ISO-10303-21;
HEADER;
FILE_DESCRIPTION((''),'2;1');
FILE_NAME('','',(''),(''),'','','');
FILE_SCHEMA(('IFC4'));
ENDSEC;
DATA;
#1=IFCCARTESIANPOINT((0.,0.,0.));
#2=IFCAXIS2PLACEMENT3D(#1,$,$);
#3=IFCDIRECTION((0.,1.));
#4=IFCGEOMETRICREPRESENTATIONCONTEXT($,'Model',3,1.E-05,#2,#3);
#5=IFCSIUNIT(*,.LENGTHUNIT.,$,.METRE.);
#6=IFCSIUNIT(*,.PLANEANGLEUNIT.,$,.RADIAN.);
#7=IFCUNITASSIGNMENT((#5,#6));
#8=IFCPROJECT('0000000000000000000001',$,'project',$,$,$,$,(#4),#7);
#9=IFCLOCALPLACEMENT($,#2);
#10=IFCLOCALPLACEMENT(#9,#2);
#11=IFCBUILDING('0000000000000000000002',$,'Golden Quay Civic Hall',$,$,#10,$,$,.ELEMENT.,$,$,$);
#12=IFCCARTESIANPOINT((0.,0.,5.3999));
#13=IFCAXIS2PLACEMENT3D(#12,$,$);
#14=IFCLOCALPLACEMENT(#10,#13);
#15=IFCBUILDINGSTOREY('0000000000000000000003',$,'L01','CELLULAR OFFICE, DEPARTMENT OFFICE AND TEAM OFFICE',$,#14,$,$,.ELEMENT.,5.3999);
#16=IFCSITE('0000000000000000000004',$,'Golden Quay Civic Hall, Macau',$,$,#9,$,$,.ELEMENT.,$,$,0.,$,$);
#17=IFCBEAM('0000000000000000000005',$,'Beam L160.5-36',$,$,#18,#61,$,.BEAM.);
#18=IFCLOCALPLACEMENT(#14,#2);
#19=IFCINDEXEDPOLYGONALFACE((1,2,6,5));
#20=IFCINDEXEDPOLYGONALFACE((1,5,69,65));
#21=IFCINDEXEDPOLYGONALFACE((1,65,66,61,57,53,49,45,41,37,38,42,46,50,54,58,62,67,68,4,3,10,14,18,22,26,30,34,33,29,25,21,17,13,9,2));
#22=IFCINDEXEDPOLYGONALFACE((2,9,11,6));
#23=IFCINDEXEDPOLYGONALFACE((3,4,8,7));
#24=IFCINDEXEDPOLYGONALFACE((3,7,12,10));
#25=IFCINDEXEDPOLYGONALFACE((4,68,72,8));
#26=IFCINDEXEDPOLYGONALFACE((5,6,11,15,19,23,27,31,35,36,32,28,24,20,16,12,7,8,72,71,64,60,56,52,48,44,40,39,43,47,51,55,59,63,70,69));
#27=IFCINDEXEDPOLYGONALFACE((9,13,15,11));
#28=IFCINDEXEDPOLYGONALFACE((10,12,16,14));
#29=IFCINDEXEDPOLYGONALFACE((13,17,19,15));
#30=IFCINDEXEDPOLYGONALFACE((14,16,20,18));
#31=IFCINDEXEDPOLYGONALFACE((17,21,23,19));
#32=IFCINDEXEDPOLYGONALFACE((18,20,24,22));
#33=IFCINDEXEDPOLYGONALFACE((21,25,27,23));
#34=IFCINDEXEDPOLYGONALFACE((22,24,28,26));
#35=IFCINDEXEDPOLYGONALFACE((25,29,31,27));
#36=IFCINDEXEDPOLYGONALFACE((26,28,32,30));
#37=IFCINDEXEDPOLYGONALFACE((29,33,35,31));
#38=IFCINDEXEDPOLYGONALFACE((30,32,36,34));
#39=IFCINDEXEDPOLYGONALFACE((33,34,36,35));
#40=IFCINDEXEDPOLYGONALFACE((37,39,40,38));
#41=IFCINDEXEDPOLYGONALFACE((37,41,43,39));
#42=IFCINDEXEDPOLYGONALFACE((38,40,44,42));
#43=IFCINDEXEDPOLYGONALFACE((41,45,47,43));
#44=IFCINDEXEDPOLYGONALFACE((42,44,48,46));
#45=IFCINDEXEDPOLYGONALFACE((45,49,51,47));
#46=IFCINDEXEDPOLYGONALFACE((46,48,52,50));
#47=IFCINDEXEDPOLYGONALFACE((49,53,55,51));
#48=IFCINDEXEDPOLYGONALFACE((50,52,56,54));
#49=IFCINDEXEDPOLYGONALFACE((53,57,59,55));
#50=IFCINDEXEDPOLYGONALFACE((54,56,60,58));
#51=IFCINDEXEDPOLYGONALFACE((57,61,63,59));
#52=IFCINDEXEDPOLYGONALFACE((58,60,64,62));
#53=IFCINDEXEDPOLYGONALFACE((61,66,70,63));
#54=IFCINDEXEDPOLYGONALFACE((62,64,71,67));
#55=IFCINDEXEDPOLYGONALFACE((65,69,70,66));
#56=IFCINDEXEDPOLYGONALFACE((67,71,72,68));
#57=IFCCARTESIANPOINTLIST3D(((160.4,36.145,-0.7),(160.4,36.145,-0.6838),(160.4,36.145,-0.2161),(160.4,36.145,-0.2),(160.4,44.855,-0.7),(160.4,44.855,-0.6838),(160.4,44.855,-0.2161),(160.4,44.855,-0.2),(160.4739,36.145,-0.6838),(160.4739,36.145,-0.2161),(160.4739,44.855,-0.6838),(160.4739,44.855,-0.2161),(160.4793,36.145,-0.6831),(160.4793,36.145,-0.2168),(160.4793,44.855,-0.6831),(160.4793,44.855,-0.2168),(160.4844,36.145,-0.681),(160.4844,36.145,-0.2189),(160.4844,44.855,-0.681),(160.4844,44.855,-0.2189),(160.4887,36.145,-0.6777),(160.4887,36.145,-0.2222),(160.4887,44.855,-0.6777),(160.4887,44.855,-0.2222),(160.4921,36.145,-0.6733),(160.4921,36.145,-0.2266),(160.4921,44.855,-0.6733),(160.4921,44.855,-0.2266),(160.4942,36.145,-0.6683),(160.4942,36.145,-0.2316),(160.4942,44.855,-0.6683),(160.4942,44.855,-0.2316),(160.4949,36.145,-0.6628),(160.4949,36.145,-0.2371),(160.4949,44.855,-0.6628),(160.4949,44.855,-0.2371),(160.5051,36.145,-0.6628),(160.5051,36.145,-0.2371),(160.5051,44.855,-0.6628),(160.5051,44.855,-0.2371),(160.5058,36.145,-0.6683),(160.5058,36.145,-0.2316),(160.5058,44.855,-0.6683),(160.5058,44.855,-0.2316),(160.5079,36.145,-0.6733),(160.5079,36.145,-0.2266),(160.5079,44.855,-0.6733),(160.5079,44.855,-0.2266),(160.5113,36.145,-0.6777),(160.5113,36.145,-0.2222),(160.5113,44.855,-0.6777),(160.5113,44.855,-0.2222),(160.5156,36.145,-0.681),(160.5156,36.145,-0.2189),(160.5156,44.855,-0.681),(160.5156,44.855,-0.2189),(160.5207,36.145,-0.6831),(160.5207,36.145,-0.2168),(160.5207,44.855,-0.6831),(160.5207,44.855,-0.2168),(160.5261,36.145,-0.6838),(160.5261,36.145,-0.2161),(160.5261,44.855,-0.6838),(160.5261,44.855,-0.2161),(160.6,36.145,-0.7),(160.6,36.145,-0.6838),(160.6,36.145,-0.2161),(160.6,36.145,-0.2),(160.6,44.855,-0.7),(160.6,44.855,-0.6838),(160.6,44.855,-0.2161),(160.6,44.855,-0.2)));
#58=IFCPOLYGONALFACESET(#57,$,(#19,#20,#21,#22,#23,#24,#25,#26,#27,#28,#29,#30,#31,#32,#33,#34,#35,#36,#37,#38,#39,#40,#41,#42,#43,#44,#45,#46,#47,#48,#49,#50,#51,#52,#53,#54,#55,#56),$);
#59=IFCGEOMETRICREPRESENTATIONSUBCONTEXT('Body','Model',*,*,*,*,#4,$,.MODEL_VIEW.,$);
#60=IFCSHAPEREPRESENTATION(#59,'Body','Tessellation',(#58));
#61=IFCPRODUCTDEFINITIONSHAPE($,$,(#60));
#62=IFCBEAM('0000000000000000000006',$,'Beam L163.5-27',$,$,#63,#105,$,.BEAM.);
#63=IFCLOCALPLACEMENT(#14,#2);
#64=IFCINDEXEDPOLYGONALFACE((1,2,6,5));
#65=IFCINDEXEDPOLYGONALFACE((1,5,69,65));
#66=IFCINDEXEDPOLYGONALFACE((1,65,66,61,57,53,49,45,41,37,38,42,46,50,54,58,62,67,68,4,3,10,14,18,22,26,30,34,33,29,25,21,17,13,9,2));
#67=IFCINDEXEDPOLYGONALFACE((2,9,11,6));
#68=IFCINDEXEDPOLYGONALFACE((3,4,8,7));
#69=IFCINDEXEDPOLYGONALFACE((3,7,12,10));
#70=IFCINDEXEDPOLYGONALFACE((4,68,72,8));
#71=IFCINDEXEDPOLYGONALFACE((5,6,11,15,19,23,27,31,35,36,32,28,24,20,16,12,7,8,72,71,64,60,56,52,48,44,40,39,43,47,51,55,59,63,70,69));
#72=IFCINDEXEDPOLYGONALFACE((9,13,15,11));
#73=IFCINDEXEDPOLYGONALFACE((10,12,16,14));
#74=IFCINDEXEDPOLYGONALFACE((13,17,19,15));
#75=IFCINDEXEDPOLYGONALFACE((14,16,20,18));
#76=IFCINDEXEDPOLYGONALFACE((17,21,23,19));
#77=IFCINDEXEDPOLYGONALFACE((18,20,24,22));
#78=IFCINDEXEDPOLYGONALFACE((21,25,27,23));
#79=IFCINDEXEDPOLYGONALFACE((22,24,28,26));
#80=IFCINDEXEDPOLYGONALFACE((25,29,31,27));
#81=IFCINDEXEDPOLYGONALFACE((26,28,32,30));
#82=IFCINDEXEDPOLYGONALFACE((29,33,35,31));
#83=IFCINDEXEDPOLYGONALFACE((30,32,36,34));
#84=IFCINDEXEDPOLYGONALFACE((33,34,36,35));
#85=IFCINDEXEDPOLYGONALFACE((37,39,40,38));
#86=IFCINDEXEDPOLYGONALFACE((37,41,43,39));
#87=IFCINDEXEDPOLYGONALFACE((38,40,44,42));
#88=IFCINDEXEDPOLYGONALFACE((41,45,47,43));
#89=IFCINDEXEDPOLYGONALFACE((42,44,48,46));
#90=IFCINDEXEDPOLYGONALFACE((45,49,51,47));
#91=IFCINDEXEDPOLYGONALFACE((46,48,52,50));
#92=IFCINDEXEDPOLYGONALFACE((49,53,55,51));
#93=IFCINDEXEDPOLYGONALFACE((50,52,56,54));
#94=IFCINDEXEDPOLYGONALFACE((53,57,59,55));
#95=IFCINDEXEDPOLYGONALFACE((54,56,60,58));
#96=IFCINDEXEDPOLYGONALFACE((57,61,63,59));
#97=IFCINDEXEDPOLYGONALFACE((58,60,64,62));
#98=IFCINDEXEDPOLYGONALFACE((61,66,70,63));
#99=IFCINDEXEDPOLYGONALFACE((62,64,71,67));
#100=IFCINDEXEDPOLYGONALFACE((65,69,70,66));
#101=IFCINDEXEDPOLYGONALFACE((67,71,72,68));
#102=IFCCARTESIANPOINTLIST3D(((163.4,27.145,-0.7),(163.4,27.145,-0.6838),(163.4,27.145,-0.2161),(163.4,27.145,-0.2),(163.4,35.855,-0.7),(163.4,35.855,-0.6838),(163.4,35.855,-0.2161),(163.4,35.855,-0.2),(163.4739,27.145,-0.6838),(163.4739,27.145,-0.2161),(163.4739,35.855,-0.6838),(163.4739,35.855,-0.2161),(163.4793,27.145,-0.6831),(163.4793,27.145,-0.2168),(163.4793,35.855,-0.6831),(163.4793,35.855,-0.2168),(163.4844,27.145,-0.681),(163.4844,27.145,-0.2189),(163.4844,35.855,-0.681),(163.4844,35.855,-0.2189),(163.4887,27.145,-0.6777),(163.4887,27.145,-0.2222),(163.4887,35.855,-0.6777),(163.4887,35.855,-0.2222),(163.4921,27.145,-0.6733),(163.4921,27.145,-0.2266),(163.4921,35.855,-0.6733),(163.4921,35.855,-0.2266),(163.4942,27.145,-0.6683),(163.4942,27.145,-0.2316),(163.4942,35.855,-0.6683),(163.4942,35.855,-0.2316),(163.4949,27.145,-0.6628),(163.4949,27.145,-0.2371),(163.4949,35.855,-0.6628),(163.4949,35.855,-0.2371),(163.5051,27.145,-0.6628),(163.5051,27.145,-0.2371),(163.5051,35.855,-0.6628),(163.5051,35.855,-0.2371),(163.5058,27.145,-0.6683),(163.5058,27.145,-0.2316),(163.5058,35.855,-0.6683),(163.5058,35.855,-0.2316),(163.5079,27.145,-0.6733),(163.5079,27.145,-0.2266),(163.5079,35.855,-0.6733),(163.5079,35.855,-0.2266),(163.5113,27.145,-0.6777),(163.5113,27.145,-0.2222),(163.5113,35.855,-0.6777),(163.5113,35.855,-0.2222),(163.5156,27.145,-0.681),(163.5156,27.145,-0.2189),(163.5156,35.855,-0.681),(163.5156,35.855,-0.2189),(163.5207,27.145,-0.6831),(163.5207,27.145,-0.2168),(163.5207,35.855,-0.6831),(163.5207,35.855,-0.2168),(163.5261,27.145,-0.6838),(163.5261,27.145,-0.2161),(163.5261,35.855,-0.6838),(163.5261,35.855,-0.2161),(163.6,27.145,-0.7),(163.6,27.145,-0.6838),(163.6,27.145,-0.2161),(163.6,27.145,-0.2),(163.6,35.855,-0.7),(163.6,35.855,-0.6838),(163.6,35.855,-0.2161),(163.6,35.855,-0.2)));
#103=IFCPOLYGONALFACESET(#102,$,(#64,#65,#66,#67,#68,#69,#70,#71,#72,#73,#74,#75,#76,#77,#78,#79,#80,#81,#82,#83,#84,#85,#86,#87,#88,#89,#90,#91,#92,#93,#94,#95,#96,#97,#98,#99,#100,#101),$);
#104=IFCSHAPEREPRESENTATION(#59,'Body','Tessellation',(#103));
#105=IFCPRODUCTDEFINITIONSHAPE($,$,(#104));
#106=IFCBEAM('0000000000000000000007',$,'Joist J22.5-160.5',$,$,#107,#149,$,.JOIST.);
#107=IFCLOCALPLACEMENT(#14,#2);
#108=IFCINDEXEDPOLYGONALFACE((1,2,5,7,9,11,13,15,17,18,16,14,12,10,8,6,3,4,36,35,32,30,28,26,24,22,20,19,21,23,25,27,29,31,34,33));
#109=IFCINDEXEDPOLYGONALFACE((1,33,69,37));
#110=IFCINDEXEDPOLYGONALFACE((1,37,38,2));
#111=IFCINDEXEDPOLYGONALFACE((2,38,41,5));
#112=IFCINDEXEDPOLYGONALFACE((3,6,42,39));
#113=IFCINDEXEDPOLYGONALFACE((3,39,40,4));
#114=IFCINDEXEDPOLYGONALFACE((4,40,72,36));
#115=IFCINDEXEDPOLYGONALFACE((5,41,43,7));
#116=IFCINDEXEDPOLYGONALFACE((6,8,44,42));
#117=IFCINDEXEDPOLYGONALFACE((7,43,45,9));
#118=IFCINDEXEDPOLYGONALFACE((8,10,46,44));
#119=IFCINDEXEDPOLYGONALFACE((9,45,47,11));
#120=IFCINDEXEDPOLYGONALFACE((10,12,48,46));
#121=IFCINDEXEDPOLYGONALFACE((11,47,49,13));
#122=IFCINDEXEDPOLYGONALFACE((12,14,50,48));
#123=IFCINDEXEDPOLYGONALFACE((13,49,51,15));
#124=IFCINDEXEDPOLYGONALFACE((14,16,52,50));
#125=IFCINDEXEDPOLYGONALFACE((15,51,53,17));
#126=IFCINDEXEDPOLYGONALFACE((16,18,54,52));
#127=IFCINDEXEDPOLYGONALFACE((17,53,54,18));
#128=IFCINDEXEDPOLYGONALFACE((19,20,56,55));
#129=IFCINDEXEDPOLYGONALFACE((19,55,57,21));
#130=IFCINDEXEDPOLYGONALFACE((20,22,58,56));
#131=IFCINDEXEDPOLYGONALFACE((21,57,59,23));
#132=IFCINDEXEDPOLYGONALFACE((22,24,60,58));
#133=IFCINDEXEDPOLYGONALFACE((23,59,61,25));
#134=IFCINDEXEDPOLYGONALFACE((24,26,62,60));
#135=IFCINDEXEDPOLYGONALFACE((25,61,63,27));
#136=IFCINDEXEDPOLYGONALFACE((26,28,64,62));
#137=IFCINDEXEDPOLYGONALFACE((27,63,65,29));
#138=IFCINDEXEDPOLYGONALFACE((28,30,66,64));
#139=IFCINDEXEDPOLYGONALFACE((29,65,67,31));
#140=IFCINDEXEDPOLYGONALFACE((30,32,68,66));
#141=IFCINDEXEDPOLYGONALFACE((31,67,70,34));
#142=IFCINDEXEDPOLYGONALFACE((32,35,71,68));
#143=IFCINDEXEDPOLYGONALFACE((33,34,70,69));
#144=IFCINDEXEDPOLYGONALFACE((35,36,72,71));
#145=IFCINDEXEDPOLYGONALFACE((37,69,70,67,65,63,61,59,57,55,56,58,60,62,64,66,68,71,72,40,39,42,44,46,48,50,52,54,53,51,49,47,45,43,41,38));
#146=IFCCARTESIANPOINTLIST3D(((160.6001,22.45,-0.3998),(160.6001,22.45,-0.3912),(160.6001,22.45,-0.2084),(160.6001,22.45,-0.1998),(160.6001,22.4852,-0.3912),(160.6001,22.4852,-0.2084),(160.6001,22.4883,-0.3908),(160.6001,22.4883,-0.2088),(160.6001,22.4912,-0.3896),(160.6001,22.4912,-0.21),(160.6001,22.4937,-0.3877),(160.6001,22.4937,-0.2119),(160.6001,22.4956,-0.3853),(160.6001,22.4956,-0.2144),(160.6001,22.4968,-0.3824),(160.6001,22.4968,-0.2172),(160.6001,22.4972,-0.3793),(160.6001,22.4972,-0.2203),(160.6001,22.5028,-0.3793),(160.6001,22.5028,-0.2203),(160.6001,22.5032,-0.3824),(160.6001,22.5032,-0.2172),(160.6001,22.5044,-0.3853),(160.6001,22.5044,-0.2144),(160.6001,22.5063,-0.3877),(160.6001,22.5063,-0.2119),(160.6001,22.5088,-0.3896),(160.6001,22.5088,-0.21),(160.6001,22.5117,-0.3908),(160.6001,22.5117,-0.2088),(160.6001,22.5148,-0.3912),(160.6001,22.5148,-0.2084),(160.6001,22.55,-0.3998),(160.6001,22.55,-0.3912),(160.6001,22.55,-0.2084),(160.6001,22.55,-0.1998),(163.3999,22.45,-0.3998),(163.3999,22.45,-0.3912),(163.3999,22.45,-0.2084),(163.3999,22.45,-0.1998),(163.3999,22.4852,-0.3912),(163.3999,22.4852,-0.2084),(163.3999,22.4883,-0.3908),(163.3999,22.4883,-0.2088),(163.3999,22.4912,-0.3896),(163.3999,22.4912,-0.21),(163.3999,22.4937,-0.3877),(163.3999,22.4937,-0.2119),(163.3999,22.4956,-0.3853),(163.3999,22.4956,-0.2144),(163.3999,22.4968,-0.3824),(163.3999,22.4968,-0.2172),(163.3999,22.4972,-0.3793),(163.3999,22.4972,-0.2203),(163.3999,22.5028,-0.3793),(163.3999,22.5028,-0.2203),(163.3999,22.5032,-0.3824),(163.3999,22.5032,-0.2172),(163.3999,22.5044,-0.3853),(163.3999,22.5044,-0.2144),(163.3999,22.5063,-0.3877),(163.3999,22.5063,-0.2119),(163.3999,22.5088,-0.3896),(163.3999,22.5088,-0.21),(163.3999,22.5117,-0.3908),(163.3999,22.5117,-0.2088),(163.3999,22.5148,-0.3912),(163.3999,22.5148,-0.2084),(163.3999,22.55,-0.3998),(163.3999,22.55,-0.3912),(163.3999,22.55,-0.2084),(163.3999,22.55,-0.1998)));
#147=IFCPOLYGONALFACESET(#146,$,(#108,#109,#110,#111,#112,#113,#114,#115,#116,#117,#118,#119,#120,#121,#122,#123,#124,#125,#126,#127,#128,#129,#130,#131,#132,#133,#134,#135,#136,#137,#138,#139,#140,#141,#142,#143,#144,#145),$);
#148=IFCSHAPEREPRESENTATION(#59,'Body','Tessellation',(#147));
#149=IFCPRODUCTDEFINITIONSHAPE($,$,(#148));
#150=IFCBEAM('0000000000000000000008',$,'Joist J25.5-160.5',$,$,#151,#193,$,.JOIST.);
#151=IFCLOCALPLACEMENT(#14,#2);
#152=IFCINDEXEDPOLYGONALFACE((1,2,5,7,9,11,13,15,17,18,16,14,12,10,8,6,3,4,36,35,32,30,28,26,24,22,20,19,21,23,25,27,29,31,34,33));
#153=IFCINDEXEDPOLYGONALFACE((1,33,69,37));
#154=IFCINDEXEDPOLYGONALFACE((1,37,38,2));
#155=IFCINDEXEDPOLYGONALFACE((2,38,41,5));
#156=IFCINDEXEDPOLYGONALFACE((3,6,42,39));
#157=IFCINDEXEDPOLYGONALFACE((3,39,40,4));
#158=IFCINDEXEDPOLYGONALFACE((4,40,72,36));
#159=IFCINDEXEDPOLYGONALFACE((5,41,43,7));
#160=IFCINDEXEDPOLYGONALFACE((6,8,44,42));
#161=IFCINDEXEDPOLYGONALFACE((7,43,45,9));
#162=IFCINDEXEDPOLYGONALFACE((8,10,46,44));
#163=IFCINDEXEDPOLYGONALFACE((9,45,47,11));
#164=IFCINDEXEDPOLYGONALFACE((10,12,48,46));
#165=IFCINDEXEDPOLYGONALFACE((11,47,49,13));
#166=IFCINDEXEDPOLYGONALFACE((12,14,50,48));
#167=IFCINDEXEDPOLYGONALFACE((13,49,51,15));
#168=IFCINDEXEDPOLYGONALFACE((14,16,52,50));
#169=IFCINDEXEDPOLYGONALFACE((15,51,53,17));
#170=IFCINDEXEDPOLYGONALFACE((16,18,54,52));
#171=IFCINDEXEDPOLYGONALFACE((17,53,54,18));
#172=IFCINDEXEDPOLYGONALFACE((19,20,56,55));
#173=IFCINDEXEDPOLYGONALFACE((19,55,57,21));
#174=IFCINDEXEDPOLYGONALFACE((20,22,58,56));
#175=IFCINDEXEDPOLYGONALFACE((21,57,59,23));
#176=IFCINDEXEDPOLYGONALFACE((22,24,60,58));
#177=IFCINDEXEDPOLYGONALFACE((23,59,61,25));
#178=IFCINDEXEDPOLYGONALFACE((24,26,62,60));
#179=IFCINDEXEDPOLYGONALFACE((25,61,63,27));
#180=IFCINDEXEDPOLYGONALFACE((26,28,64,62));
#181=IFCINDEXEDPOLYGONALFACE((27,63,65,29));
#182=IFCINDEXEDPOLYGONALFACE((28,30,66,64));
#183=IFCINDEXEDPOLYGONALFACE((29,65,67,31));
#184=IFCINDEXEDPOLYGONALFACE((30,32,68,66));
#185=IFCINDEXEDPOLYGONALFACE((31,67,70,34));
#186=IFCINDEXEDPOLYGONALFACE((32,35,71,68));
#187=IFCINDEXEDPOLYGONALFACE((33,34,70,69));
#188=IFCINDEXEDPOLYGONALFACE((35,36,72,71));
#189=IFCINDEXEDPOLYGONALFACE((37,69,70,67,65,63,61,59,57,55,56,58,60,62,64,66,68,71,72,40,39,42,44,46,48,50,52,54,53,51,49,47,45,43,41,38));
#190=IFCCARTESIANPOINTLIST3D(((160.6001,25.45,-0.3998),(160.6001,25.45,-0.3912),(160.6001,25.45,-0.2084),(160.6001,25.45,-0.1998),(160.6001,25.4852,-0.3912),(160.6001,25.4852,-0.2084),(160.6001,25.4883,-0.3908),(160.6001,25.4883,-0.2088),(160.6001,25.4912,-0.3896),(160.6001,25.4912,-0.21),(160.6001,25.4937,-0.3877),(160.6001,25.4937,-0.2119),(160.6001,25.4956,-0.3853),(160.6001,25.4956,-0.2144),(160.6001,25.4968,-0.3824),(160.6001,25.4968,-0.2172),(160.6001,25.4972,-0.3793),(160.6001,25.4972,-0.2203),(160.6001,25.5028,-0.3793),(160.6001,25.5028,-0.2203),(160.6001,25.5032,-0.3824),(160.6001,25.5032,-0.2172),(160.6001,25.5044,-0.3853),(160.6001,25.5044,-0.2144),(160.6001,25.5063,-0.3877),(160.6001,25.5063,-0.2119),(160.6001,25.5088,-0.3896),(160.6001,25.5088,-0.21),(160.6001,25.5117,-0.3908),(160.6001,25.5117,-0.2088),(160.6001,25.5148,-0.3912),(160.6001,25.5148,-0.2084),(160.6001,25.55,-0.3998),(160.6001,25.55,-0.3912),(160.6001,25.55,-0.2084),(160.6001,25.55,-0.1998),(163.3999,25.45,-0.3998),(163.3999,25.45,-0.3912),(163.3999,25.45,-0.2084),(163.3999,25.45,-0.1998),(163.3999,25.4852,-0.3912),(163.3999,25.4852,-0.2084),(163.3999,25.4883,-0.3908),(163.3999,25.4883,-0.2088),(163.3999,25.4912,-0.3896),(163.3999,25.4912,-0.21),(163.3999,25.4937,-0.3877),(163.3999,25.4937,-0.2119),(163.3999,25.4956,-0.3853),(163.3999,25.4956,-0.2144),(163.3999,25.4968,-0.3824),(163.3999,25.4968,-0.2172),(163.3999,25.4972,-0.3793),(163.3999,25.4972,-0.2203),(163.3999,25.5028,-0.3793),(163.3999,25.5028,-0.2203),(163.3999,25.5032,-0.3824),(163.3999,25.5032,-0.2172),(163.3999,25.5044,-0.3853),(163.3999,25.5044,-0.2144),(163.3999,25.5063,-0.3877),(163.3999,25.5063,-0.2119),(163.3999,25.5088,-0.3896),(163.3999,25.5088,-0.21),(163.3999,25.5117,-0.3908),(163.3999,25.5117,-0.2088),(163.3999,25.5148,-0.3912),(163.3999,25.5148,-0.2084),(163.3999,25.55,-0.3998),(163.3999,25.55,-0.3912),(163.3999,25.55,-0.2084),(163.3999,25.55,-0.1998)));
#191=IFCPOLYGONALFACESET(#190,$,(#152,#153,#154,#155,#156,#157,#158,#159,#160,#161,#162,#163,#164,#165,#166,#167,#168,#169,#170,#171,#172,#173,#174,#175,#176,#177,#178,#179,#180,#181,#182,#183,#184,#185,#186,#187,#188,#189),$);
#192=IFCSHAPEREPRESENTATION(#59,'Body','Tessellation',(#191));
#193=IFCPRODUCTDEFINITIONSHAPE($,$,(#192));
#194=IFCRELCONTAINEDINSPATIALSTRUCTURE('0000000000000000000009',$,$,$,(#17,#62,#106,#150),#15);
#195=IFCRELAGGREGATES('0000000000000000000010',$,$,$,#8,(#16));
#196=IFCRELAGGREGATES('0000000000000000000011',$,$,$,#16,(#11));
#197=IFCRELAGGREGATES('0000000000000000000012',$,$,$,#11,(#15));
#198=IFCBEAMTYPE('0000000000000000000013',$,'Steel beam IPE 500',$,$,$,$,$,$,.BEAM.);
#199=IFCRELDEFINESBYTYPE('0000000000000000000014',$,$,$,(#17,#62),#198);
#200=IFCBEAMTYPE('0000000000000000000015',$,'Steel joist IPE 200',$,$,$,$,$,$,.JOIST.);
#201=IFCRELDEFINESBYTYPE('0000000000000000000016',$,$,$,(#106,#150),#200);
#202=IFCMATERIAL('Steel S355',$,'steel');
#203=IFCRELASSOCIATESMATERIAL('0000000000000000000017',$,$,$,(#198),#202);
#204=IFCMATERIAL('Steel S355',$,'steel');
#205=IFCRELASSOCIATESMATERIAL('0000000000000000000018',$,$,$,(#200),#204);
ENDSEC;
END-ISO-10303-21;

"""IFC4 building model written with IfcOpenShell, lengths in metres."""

from ifc_helpers import new_model, si_unit, direction, frame, origin, origin_2d, place, context, subcontext, project, spatial, i_section, extrude, material, material_profile, profile_set, type_object, element, save


model = new_model("IFC4")

# Units and contexts
model_context = context("Model", 3, precision=1e-05, world=origin(), true_north=direction((0.0, 1.0)))
body_context = subcontext(model_context, "Body", "Model", "MODEL_VIEW")
ifc_project = project(units=[si_unit("LENGTHUNIT", "METRE"), si_unit("PLANEANGLEUNIT", "RADIAN")], contexts=[model_context])

# Site, building, storey
site_placement = place(None, origin())
site = spatial("IfcSite", under=ifc_project, at=site_placement, Name="Golden Quay Civic Hall, Macau", CompositionType="ELEMENT", RefElevation=0.0)
building_placement = place(site_placement, origin())
building = spatial("IfcBuilding", under=site, at=building_placement, Name="Golden Quay Civic Hall", CompositionType="ELEMENT")
storey_placement = place(building_placement, frame((0.0, 0.0, 5.3999)))
storey = spatial("IfcBuildingStorey", under=building, at=storey_placement, Name="L01", Description="CELLULAR OFFICE, DEPARTMENT OFFICE AND TEAM OFFICE", CompositionType="ELEMENT", Elevation=5.3999)

# Beams
ifc_material_1 = material(Name="Steel S355", Category="steel")
ifc_material_profile_1 = material_profile(ifc_material_1, i_section(OverallWidth=0.2, OverallDepth=0.5, WebThickness=0.0103, FlangeThickness=0.0161, FilletRadius=0.021, at=origin_2d()), Name="IPE 500")
ifc_profile_set_1 = profile_set([ifc_material_profile_1], Name="Steel S355")
beam_type_1 = type_object("IfcBeamType", Name="Steel beam IPE 500", PredefinedType="BEAM", material=ifc_profile_set_1)
for number, where, z_axis, x_axis, name in (
    (1, (160.5, 36.145, -0.45), (0.0, 1.0, 0.0), (-1.0, 0.0, 0.0), "Beam L160.5-36"),
    (2, (163.5, 27.145, -0.45), (0.0, 1.0, 0.0), (-1.0, 0.0, 0.0), "Beam L163.5-27"),
):
    element("IfcBeam", number, at=place(storey_placement, frame(where, z_axis=z_axis, x_axis=x_axis)), inside=storey, type_object=beam_type_1, Name=name, PredefinedType="BEAM", context=body_context, shape_type="SweptSolid", body=[
        extrude(i_section(OverallWidth=0.2, OverallDepth=0.5, WebThickness=0.0103, FlangeThickness=0.0161, FilletRadius=0.021, at=origin_2d()), origin(), (0.0, 0.0, 1.0), 8.71),
    ])
ifc_material_2 = material(Name="Steel S355", Category="steel")
ifc_material_profile_2 = material_profile(ifc_material_2, i_section(OverallWidth=0.1001, OverallDepth=0.2, WebThickness=0.0056, FlangeThickness=0.0085, FilletRadius=0.012, at=origin_2d()), Name="IPE 200")
ifc_profile_set_2 = profile_set([ifc_material_profile_2], Name="Steel S355")
beam_type_2 = type_object("IfcBeamType", Name="Steel joist IPE 200", PredefinedType="JOIST", material=ifc_profile_set_2)
for number, where, z_axis, x_axis, name in (
    (3, (160.6001, 22.5, -0.2998), (1.0, 0.0, 0.0), (0.0, 1.0, 0.0), "Joist J22.5-160.5"),
    (4, (160.6001, 25.5, -0.2998), (1.0, 0.0, 0.0), (0.0, 1.0, 0.0), "Joist J25.5-160.5"),
):
    element("IfcBeam", number, at=place(storey_placement, frame(where, z_axis=z_axis, x_axis=x_axis)), inside=storey, type_object=beam_type_2, Name=name, PredefinedType="JOIST", context=body_context, shape_type="SweptSolid", body=[
        extrude(i_section(OverallWidth=0.1001, OverallDepth=0.2, WebThickness=0.0056, FlangeThickness=0.0085, FilletRadius=0.012, at=origin_2d()), origin(), (0.0, 0.0, 1.0), 2.7998),
    ])

save(model, "model.ifc")
